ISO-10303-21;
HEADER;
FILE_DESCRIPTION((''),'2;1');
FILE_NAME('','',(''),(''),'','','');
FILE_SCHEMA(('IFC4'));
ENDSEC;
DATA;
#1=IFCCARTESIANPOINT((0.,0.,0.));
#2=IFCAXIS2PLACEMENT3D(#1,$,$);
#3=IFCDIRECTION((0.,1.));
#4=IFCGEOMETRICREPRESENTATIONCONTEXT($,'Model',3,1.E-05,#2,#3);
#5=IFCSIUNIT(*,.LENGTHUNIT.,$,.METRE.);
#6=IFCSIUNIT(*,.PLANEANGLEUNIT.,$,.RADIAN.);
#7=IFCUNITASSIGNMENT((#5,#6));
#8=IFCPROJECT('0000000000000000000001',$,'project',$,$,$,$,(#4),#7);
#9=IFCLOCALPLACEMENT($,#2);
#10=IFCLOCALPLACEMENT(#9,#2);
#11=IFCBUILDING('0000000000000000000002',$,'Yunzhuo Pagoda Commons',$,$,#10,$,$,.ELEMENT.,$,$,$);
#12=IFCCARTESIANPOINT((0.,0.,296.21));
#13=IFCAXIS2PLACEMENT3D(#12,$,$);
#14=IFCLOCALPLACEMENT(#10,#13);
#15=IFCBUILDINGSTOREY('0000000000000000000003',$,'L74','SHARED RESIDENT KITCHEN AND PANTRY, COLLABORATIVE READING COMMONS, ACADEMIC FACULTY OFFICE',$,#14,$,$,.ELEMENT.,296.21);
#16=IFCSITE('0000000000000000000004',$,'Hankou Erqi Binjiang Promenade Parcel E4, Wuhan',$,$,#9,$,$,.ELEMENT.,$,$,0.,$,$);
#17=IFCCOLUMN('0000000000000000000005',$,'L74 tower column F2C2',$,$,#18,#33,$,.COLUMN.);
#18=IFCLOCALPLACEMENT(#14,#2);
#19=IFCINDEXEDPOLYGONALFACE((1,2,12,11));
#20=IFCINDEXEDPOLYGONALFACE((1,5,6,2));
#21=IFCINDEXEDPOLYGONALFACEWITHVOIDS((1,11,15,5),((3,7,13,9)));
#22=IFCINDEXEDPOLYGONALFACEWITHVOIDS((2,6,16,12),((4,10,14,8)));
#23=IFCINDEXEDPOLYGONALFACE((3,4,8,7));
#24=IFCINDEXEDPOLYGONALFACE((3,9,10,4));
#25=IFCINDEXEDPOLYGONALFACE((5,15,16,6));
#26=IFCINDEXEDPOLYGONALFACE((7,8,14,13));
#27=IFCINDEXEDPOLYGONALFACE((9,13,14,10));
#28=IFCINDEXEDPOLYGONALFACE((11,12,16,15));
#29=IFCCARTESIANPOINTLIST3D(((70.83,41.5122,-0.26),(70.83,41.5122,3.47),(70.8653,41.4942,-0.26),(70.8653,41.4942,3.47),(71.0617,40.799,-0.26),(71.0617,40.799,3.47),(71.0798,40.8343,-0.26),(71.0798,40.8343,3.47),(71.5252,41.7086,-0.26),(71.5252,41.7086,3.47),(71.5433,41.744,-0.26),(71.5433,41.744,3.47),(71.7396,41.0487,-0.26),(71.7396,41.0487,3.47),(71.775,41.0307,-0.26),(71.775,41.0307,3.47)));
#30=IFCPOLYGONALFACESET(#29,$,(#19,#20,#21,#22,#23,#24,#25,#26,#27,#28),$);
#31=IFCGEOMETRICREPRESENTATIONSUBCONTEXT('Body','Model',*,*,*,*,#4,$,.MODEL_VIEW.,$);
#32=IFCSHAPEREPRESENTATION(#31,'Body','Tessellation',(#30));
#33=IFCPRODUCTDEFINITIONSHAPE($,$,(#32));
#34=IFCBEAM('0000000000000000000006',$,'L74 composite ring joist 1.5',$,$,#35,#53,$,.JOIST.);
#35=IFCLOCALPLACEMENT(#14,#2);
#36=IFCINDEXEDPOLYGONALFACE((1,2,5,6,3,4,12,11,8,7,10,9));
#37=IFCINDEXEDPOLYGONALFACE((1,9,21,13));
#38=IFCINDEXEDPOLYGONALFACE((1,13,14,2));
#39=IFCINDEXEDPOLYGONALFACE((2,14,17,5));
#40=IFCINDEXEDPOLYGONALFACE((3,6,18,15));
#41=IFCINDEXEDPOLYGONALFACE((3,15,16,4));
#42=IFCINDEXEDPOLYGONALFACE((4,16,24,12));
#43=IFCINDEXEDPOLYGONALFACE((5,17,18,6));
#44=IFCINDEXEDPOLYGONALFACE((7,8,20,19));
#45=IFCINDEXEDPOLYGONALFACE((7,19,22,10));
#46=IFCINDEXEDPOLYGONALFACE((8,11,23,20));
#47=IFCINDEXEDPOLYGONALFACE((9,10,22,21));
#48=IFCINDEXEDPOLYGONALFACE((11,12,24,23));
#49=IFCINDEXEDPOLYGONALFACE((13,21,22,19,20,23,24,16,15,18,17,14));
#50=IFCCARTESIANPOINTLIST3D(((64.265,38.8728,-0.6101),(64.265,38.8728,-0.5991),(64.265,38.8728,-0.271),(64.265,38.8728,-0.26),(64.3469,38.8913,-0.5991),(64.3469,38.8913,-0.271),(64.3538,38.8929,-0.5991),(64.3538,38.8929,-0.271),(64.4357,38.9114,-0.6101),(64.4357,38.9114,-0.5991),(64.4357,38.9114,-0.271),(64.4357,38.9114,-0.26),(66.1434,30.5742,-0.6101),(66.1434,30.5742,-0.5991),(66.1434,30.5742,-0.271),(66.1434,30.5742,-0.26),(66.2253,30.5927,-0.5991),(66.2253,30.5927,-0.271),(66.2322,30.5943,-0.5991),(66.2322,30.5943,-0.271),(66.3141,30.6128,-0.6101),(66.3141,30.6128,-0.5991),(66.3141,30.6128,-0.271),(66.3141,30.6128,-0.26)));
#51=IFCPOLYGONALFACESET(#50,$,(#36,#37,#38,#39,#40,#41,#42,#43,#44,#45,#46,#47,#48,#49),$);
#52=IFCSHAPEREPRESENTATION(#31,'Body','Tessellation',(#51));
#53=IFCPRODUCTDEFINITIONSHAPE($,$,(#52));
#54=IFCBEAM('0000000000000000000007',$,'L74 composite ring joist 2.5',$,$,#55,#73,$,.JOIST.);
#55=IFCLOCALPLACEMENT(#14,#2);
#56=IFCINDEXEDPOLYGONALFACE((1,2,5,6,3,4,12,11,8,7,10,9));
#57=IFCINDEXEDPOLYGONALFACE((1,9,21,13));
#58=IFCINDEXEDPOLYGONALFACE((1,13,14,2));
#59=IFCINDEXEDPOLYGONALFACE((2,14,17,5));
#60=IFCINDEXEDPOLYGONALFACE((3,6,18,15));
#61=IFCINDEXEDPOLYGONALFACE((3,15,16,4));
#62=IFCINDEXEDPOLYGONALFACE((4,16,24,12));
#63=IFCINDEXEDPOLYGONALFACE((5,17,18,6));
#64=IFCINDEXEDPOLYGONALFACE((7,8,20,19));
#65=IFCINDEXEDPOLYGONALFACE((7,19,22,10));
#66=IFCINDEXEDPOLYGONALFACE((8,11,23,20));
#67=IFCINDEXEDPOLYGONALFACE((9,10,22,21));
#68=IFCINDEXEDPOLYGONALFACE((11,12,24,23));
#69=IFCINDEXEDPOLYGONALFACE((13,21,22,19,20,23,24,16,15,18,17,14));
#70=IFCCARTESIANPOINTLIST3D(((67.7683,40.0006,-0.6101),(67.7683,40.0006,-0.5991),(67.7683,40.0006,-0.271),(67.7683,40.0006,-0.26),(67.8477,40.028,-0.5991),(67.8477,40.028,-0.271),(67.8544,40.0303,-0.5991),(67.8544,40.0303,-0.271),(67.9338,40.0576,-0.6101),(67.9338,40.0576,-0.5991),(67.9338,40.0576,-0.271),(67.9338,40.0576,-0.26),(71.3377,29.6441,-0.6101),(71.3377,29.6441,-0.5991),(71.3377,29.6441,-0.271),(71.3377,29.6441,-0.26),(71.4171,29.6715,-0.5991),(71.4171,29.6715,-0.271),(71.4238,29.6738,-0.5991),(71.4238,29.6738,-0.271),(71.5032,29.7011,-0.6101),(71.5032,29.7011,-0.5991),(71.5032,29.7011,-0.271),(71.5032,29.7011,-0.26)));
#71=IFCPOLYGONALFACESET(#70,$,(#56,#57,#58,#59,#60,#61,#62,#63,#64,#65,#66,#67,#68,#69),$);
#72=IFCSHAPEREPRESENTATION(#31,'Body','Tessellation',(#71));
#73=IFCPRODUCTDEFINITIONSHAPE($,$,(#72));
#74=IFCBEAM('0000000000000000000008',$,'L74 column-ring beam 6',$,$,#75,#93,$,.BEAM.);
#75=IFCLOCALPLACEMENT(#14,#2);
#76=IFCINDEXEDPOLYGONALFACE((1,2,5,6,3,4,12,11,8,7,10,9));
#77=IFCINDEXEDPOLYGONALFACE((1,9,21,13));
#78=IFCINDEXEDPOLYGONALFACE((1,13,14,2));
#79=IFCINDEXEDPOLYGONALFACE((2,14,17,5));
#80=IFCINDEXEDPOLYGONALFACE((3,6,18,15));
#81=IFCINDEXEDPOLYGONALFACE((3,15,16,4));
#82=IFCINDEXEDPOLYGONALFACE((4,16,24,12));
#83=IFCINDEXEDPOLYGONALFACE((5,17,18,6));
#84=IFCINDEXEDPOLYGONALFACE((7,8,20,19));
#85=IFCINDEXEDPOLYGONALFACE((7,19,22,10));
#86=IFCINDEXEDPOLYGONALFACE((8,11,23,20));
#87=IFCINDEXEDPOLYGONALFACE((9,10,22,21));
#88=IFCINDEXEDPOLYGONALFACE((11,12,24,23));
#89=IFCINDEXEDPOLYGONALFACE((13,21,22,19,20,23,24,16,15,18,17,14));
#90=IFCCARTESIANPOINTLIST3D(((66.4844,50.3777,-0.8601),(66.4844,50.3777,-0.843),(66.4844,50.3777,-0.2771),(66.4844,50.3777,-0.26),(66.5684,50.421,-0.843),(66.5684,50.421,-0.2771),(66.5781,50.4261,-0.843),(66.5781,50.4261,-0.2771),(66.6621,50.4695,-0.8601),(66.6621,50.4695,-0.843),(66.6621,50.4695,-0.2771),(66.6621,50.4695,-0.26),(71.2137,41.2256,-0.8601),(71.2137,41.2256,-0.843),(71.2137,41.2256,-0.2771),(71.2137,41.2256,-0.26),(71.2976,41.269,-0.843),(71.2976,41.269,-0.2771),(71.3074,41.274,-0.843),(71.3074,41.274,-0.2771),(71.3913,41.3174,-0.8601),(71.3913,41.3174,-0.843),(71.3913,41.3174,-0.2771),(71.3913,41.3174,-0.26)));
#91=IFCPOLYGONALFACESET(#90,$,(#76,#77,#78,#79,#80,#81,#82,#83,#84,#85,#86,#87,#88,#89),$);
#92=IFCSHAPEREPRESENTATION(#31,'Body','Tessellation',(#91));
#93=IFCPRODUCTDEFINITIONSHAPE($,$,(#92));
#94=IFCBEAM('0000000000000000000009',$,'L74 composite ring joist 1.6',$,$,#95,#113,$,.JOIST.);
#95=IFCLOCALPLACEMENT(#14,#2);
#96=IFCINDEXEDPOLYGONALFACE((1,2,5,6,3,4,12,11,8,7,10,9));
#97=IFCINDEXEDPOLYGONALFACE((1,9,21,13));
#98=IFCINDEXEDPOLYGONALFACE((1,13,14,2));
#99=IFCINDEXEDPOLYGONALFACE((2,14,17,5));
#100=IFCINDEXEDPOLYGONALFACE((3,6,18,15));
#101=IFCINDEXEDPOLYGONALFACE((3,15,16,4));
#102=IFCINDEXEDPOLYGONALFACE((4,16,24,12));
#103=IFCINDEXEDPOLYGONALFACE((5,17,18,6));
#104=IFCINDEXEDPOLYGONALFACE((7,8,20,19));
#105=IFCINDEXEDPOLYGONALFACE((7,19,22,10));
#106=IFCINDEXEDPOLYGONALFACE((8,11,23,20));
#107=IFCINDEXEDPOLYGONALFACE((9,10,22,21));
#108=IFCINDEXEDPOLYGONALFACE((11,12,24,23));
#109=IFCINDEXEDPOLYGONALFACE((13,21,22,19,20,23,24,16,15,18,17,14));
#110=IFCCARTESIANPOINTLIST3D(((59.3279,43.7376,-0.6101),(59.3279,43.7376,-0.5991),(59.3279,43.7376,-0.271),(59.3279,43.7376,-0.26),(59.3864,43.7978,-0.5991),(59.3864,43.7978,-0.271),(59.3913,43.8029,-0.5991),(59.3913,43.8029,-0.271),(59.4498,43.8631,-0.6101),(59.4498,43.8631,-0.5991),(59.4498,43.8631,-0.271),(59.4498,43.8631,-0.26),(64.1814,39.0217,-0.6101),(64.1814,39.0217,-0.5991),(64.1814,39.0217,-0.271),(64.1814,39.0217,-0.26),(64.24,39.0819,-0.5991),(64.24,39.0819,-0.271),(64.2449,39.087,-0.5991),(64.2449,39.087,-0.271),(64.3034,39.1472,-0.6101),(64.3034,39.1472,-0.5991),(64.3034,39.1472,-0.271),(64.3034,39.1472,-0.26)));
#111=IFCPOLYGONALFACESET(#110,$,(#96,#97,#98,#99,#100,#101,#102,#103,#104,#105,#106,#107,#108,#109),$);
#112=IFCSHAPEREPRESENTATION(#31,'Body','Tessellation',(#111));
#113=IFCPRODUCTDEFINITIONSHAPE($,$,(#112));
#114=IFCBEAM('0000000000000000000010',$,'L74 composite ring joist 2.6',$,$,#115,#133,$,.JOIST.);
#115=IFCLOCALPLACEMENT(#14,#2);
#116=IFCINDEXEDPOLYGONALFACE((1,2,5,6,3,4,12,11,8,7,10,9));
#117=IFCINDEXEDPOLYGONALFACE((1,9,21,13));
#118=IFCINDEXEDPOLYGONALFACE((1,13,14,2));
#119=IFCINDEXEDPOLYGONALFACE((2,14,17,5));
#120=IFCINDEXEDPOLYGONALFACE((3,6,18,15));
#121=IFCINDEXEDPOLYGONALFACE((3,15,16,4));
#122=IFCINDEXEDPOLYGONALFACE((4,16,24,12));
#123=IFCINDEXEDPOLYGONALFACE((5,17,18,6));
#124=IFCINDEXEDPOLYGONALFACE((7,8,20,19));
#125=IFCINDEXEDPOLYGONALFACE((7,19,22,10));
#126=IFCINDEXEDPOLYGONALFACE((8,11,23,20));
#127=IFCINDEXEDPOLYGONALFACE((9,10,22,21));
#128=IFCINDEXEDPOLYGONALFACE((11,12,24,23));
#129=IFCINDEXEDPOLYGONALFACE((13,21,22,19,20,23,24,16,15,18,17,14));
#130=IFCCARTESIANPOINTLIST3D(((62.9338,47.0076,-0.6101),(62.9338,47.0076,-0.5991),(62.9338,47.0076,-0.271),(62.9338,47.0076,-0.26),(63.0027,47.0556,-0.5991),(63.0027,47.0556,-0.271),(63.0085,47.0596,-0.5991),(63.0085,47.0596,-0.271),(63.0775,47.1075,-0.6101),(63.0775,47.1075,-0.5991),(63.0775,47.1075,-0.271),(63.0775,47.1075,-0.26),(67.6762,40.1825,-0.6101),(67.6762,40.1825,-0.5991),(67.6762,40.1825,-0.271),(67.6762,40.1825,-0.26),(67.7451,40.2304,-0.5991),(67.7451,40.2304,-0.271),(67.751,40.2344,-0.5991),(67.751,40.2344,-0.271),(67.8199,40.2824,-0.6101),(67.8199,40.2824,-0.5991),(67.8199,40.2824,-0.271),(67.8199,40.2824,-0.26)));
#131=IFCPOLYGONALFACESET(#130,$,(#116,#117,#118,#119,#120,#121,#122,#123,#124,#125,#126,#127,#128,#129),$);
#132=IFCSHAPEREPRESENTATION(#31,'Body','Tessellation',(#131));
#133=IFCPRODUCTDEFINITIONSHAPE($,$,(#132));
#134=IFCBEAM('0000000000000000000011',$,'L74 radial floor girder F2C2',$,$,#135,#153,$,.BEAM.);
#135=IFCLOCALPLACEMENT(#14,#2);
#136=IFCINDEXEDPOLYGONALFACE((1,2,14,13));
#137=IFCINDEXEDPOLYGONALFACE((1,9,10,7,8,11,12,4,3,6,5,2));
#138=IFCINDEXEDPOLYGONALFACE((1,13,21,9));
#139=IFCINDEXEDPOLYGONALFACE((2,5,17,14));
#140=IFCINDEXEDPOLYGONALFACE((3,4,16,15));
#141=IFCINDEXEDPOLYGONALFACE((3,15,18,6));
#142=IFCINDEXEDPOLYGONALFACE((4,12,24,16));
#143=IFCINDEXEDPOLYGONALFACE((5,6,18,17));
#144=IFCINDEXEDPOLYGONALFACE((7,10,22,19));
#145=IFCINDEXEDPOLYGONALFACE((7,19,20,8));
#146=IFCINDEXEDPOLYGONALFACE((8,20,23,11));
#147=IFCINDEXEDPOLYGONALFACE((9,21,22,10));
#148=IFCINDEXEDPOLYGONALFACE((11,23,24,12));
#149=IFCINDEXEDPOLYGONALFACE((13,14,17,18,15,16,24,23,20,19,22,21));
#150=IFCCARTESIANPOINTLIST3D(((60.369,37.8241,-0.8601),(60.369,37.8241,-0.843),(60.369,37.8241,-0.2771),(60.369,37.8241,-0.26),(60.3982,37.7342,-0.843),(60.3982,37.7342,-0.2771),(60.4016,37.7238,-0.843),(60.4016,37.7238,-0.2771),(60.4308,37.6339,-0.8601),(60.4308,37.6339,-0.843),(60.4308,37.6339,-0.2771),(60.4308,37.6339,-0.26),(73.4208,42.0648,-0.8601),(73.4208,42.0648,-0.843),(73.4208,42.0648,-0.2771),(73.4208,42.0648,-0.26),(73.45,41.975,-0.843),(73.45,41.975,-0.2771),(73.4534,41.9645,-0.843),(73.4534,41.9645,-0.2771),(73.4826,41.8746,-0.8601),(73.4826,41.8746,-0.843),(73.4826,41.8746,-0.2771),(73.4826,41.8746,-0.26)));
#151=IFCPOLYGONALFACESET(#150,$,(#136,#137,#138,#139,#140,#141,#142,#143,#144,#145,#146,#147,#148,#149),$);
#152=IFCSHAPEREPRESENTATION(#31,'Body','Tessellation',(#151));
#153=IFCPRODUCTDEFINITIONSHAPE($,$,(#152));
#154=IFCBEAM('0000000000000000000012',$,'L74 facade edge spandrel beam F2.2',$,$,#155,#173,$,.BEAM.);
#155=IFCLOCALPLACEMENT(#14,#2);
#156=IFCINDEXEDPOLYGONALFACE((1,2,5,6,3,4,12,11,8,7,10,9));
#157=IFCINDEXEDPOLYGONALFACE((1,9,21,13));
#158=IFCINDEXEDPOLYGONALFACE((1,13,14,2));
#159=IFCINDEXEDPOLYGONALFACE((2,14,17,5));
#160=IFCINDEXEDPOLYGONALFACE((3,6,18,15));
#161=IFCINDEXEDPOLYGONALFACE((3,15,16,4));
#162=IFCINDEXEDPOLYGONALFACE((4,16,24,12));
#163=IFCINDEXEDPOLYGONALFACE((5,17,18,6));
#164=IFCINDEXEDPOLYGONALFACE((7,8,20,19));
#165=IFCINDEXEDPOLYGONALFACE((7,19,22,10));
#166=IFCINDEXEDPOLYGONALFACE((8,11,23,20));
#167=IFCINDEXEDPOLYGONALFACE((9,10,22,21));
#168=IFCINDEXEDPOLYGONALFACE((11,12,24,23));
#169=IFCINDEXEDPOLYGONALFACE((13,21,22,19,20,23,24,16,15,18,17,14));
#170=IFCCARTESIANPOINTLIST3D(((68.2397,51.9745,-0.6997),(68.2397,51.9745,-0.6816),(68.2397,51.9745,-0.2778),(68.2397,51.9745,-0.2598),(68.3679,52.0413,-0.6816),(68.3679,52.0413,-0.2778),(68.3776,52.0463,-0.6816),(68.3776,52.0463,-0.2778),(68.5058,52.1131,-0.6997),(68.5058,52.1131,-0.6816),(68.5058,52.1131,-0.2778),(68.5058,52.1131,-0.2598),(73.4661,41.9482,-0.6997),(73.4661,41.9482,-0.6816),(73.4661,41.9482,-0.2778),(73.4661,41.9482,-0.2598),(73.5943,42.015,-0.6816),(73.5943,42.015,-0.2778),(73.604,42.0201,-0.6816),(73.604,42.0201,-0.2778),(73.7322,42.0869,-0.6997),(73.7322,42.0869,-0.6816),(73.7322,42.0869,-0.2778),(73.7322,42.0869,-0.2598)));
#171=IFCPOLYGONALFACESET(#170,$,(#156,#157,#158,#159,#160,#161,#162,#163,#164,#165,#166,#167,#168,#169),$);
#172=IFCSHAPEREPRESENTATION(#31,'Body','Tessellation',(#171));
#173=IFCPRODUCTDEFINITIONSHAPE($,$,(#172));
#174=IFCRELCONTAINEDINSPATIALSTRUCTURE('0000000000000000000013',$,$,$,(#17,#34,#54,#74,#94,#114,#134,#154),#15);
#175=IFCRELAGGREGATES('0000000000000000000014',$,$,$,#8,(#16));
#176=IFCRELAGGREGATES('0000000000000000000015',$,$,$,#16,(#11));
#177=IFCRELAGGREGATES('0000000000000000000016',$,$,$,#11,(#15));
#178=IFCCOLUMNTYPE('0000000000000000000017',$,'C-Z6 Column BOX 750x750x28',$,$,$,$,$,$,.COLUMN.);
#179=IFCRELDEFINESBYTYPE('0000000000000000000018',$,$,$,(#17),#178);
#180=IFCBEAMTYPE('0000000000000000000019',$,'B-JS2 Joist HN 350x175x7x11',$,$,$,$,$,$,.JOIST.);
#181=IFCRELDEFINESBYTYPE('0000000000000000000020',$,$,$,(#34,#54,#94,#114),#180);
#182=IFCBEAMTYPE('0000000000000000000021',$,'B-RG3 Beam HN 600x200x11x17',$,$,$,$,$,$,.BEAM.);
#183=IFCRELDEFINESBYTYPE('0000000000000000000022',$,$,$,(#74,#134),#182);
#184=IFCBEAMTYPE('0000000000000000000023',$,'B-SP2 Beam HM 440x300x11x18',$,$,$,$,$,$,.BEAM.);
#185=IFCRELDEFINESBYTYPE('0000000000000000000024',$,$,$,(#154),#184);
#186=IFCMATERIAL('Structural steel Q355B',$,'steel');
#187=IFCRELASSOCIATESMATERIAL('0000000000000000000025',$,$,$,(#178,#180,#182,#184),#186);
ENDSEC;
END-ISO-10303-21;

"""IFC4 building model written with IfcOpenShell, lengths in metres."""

from ifc_helpers import new_model, si_unit, direction, frame, origin, origin_2d, place, context, subcontext, project, spatial, hollow_rectangle, i_section, extrude, source, transform, mapped, material, material_profile, profile_set, type_object, element, save


model = new_model("IFC4")

# Units and contexts
model_context = context("Model", 3, precision=1e-05, world=origin(), true_north=direction((0.0, 1.0)))
body_context = subcontext(model_context, "Body", "Model", "MODEL_VIEW")
ifc_project = project(units=[si_unit("LENGTHUNIT", "METRE"), si_unit("PLANEANGLEUNIT", "RADIAN")], contexts=[model_context])

# Site, building, storey
site_placement = place(None, origin())
site = spatial("IfcSite", under=ifc_project, at=site_placement, Name="Hankou Erqi Binjiang Promenade Parcel E4, Wuhan", CompositionType="ELEMENT", RefElevation=0.0)
building_placement = place(site_placement, origin())
building = spatial("IfcBuilding", under=site, at=building_placement, Name="Yunzhuo Pagoda Commons", CompositionType="ELEMENT")
storey_placement = place(building_placement, frame((0.0, 0.0, 296.21)))
storey = spatial("IfcBuildingStorey", under=building, at=storey_placement, Name="L74", Description="SHARED RESIDENT KITCHEN AND PANTRY, COLLABORATIVE READING COMMONS, ACADEMIC FACULTY OFFICE", CompositionType="ELEMENT", Elevation=296.21)

# Column
ifc_material_1 = material(Name="Structural steel Q355B", Category="steel")
ifc_material_profile_1 = material_profile(ifc_material_1, hollow_rectangle(XDim=0.75, YDim=0.75, WallThickness=0.0281, at=origin_2d()), Name="Structural steel Q355B")
ifc_profile_set_1 = profile_set([ifc_material_profile_1], Name="Structural steel Q355B")
column_type = type_object("IfcColumnType", Name="C-Z6 Column BOX 750x750x28", PredefinedType="COLUMN", material=ifc_profile_set_1)
shared_shape_1 = source(origin(), body_context, "Body", "SweptSolid", [
    extrude(hollow_rectangle(XDim=0.75, YDim=0.75, WallThickness=0.0281, at=origin_2d()), origin(), (0.0, 0.0, 1.0), 3.73),
])
column_placement = place(storey_placement, frame((71.3025, 41.2715, -0.26), z_axis=(0.0, 0.0, 1.0), x_axis=(-0.309017, 0.951057, 0.0)))
element("IfcColumn", 1, at=column_placement, inside=storey, type_object=column_type, Name="L74 tower column F2C2", PredefinedType="COLUMN", context=body_context, shape_type="MappedRepresentation", body=[
    mapped(shared_shape_1, transform((0.0, 0.0, 0.0), scale=1.0)),
])

# Beams
ifc_material_profile_2 = material_profile(ifc_material_1, i_section(OverallWidth=0.175, OverallDepth=0.3501, WebThickness=0.0071, FlangeThickness=0.011, at=origin_2d()), Name="Structural steel Q355B")
ifc_profile_set_2 = profile_set([ifc_material_profile_2], Name="Structural steel Q355B")
beam_type_1 = type_object("IfcBeamType", Name="B-JS2 Joist HN 350x175x7x11", PredefinedType="JOIST", material=ifc_profile_set_2)
shared_shape_2 = source(origin(), body_context, "Body", "SweptSolid", [
    extrude(i_section(OverallWidth=0.175, OverallDepth=0.3501, WebThickness=0.0071, FlangeThickness=0.011, at=origin_2d()), origin(), (0.0, 0.0, 1.0), 8.5085),
])
beam_1_placement = place(storey_placement, frame((66.2288, 30.5935, -0.4351), z_axis=(-0.220769, 0.975326, 0.0), x_axis=(-0.975326, -0.220769, 0.0)))
element("IfcBeam", 2, at=beam_1_placement, inside=storey, type_object=beam_type_1, Name="L74 composite ring joist 1.5", PredefinedType="JOIST", context=body_context, shape_type="MappedRepresentation", body=[
    mapped(shared_shape_2, transform((0.0, 0.0, 0.0), scale=1.0)),
])
shared_shape_3 = source(origin(), body_context, "Body", "SweptSolid", [
    extrude(i_section(OverallWidth=0.175, OverallDepth=0.3501, WebThickness=0.0071, FlangeThickness=0.011, at=origin_2d()), origin(), (0.0, 0.0, 1.0), 10.9543),
])
beam_2_placement = place(storey_placement, frame((71.4204, 29.6726, -0.4351), z_axis=(-0.32584, 0.945425, 0.0), x_axis=(-0.945425, -0.32584, 0.0)))
element("IfcBeam", 3, at=beam_2_placement, inside=storey, type_object=beam_type_1, Name="L74 composite ring joist 2.5", PredefinedType="JOIST", context=body_context, shape_type="MappedRepresentation", body=[
    mapped(shared_shape_3, transform((0.0, 0.0, 0.0), scale=1.0)),
])
ifc_material_profile_3 = material_profile(ifc_material_1, i_section(OverallWidth=0.2, OverallDepth=0.6001, WebThickness=0.011, FlangeThickness=0.0171, at=origin_2d()), Name="Structural steel Q355B")
ifc_profile_set_3 = profile_set([ifc_material_profile_3], Name="Structural steel Q355B")
beam_type_2 = type_object("IfcBeamType", Name="B-RG3 Beam HN 600x200x11x17", PredefinedType="BEAM", material=ifc_profile_set_3)
shared_shape_4 = source(origin(), body_context, "Body", "SweptSolid", [
    extrude(i_section(OverallWidth=0.2, OverallDepth=0.6001, WebThickness=0.011, FlangeThickness=0.0171, at=origin_2d()), origin(), (0.0, 0.0, 1.0), 10.3018),
])
beam_3_placement = place(storey_placement, frame((71.3025, 41.2715, -0.5601), z_axis=(-0.459071, 0.8884, 0.0), x_axis=(-0.8884, -0.459071, 0.0)))
element("IfcBeam", 4, at=beam_3_placement, inside=storey, type_object=beam_type_2, Name="L74 column-ring beam 6", PredefinedType="BEAM", context=body_context, shape_type="MappedRepresentation", body=[
    mapped(shared_shape_4, transform((0.0, 0.0, 0.0), scale=1.0)),
])
shared_shape_5 = source(origin(), body_context, "Body", "SweptSolid", [
    extrude(i_section(OverallWidth=0.175, OverallDepth=0.3501, WebThickness=0.0071, FlangeThickness=0.011, at=origin_2d()), origin(), (0.0, 0.0, 1.0), 6.7673),
])
beam_4_placement = place(storey_placement, frame((64.2424, 39.0845, -0.4351), z_axis=(-0.717207, 0.69686, 0.0), x_axis=(-0.69686, -0.717207, 0.0)))
element("IfcBeam", 5, at=beam_4_placement, inside=storey, type_object=beam_type_1, Name="L74 composite ring joist 1.6", PredefinedType="JOIST", context=body_context, shape_type="MappedRepresentation", body=[
    mapped(shared_shape_5, transform((0.0, 0.0, 0.0), scale=1.0)),
])
shared_shape_6 = source(origin(), body_context, "Body", "SweptSolid", [
    extrude(i_section(OverallWidth=0.175, OverallDepth=0.3501, WebThickness=0.0071, FlangeThickness=0.011, at=origin_2d()), origin(), (0.0, 0.0, 1.0), 8.311),
])
beam_5_placement = place(storey_placement, frame((67.748, 40.2324, -0.4351), z_axis=(-0.570616, 0.821217, 0.0), x_axis=(-0.821217, -0.570616, 0.0)))
element("IfcBeam", 6, at=beam_5_placement, inside=storey, type_object=beam_type_1, Name="L74 composite ring joist 2.6", PredefinedType="JOIST", context=body_context, shape_type="MappedRepresentation", body=[
    mapped(shared_shape_6, transform((0.0, 0.0, 0.0), scale=1.0)),
])
shared_shape_7 = source(origin(), body_context, "Body", "SweptSolid", [
    extrude(i_section(OverallWidth=0.2, OverallDepth=0.6001, WebThickness=0.011, FlangeThickness=0.0171, at=origin_2d()), origin(), (0.0, 0.0, 1.0), 13.7234),
])
beam_6_placement = place(storey_placement, frame((73.4517, 41.9697, -0.5601), z_axis=(-0.951058, -0.309014, 0.0), x_axis=(0.309014, -0.951058, 0.0)))
element("IfcBeam", 7, at=beam_6_placement, inside=storey, type_object=beam_type_2, Name="L74 radial floor girder F2C2", PredefinedType="BEAM", context=body_context, shape_type="MappedRepresentation", body=[
    mapped(shared_shape_7, transform((0.0, 0.0, 0.0), scale=1.0)),
])
ifc_material_profile_4 = material_profile(ifc_material_1, i_section(OverallWidth=0.3, OverallDepth=0.4399, WebThickness=0.011, FlangeThickness=0.0181, at=origin_2d()), Name="Structural steel Q355B")
ifc_profile_set_4 = profile_set([ifc_material_profile_4], Name="Structural steel Q355B")
beam_type_3 = type_object("IfcBeamType", Name="B-SP2 Beam HM 440x300x11x18", PredefinedType="BEAM", material=ifc_profile_set_4)
shared_shape_8 = source(origin(), body_context, "Body", "SweptSolid", [
    extrude(i_section(OverallWidth=0.3, OverallDepth=0.4399, WebThickness=0.011, FlangeThickness=0.0181, at=origin_2d()), origin(), (0.0, 0.0, 1.0), 11.3066),
])
beam_7_placement = place(storey_placement, frame((73.5991, 42.0176, -0.4797), z_axis=(-0.462239, 0.886755, 0.0), x_axis=(-0.886755, -0.462239, 0.0)))
element("IfcBeam", 8, at=beam_7_placement, inside=storey, type_object=beam_type_3, Name="L74 facade edge spandrel beam F2.2", PredefinedType="BEAM", context=body_context, shape_type="MappedRepresentation", body=[
    mapped(shared_shape_8, transform((0.0, 0.0, 0.0), scale=1.0)),
])

save(model, "model.ifc")
